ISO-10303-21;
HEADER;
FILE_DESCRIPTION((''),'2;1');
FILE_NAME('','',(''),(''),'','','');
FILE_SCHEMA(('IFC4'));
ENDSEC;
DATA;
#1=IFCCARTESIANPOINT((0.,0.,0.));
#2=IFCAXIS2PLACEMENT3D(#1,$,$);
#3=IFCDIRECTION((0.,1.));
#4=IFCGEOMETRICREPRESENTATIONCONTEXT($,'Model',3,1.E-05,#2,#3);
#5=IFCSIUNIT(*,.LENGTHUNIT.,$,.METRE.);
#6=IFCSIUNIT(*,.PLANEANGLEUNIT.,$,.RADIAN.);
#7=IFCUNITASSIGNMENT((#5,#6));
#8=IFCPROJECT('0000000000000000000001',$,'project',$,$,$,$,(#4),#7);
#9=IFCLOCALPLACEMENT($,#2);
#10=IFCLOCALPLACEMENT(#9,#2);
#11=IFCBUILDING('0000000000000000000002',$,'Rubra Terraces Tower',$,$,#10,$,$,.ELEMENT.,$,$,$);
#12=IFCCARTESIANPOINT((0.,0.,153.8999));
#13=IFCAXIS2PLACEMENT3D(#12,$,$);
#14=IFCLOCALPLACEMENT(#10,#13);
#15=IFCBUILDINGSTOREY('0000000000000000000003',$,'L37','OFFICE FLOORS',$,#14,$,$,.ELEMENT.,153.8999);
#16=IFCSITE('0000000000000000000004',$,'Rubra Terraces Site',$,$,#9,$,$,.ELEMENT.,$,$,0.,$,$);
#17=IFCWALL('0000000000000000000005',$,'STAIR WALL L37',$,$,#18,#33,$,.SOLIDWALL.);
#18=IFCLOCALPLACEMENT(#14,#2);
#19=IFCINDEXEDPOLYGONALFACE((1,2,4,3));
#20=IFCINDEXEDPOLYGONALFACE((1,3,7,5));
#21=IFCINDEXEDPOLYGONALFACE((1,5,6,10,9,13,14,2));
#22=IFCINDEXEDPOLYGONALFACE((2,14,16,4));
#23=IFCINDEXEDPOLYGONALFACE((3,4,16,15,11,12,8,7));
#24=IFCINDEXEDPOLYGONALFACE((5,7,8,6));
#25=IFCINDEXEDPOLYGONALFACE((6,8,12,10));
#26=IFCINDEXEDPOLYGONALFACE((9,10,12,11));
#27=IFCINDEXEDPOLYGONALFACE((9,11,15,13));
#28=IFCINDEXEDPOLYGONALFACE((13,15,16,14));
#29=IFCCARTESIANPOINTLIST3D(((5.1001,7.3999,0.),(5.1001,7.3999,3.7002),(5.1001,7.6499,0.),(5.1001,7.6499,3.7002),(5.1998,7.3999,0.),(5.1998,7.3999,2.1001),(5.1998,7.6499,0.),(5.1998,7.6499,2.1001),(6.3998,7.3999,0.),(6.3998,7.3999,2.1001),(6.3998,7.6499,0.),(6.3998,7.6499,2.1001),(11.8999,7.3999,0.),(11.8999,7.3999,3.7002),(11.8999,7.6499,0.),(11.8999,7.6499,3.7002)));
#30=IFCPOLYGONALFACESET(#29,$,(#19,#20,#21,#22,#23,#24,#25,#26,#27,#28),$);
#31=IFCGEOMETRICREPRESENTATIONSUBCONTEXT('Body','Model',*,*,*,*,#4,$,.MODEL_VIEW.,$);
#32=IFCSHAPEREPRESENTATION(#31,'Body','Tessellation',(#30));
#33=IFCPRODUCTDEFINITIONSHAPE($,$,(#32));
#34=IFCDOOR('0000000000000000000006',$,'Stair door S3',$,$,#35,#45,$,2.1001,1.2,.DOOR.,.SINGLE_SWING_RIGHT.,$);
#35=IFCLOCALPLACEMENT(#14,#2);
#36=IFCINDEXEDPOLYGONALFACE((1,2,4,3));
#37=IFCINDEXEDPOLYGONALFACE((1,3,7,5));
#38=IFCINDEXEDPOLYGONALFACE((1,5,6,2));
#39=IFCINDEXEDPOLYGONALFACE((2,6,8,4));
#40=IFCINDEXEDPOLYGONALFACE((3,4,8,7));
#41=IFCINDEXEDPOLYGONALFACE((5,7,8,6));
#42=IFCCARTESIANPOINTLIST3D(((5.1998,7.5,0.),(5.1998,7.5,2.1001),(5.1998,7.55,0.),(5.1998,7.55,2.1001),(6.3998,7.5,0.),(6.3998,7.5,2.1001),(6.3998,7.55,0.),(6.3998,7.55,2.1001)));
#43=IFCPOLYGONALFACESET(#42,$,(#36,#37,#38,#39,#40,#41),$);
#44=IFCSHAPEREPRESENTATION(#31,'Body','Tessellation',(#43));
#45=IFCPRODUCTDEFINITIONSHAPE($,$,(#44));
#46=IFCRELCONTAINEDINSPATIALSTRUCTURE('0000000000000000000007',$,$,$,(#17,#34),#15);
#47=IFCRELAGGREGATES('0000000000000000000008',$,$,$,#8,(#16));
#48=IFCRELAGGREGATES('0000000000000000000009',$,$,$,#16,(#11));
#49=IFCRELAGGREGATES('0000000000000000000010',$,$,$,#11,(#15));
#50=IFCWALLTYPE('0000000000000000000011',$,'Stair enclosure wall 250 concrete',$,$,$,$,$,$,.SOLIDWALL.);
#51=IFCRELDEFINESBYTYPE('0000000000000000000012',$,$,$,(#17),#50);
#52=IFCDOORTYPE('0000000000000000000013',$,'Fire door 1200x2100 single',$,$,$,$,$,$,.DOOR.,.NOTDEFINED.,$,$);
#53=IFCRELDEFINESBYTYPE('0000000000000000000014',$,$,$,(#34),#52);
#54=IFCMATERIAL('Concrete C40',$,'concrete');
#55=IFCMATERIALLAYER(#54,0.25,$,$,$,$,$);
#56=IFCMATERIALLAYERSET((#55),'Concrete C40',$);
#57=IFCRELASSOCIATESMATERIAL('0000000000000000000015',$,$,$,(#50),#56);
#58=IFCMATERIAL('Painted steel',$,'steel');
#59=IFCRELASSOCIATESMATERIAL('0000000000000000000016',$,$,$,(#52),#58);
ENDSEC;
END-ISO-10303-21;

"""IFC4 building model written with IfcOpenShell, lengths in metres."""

from ifc_helpers import new_model, si_unit, direction, frame, frame_2d, origin, place, context, subcontext, project, spatial, rectangle, extrude, material, layer, layer_set, type_object, element, fill, save


model = new_model("IFC4")

# Units and contexts
model_context = context("Model", 3, precision=1e-05, world=origin(), true_north=direction((0.0, 1.0)))
body_context = subcontext(model_context, "Body", "Model", "MODEL_VIEW")
ifc_project = project(units=[si_unit("LENGTHUNIT", "METRE"), si_unit("PLANEANGLEUNIT", "RADIAN")], contexts=[model_context])

# Site, building, storey
site_placement = place(None, origin())
site = spatial("IfcSite", under=ifc_project, at=site_placement, Name="Rubra Terraces Site", CompositionType="ELEMENT", RefElevation=0.0)
building_placement = place(site_placement, origin())
building = spatial("IfcBuilding", under=site, at=building_placement, Name="Rubra Terraces Tower", CompositionType="ELEMENT")
storey_placement = place(building_placement, frame((0.0, 0.0, 153.8999)))
storey = spatial("IfcBuildingStorey", under=building, at=storey_placement, Name="L37", Description="OFFICE FLOORS", CompositionType="ELEMENT", Elevation=153.8999)

# Shared definitions
ifc_material_1 = material(Name="Concrete C40", Category="concrete")

# Wall, opening, door
ifc_layer_1 = layer(ifc_material_1, 0.25)
ifc_layer_set_1 = layer_set([ifc_layer_1], Name="Concrete C40")
wall_type_1 = type_object("IfcWallType", Name="Stair enclosure wall 250 concrete", PredefinedType="SOLIDWALL", material=ifc_layer_set_1)
wall_1_placement = place(storey_placement, frame((11.8999, 7.5249, 0.0), z_axis=(0.0, 0.0, 1.0), x_axis=(-1.0, 0.0, 0.0)))
wall_1 = element("IfcWall", 1, at=wall_1_placement, inside=storey, type_object=wall_type_1, Name="STAIR WALL L37", PredefinedType="SOLIDWALL", context=body_context, shape_type="SweptSolid", body=[
    extrude(rectangle(XDim=6.7998, YDim=0.25, at=frame_2d((3.3999, 0.0))), origin(), (0.0, 0.0, 1.0), 3.7002),
])
opening_1_placement = place(wall_1_placement, frame((5.5, 0.0, 0.0)))
opening_1 = element("IfcOpeningElement", 2, at=opening_1_placement, cuts=wall_1, PredefinedType="OPENING", context=body_context, shape_type="SweptSolid", body=[
    extrude(rectangle(XDim=1.2, YDim=2.1001, at=frame_2d((0.6001, 1.05))), frame((0.0, 0.135, 0.0), z_axis=(0.0, -1.0, 0.0), x_axis=(1.0, 0.0, 0.0)), (0.0, 0.0, 1.0), 0.27),
])
ifc_material_2 = material(Name="Painted steel", Category="steel")
door_type_1 = type_object("IfcDoorType", Name="Fire door 1200x2100 single", OperationType="NOTDEFINED", PredefinedType="DOOR", material=ifc_material_2)
door_1_placement = place(opening_1_placement, origin())
door_1 = element("IfcDoor", 3, at=door_1_placement, inside=storey, type_object=door_type_1, Name="Stair door S3", OperationType="SINGLE_SWING_RIGHT", OverallHeight=2.1001, OverallWidth=1.2, PredefinedType="DOOR", context=body_context, shape_type="SweptSolid", body=[
    extrude(rectangle(XDim=1.2, YDim=2.1001, at=frame_2d((0.6001, 1.05))), frame((0.0, 0.0249, 0.0), z_axis=(0.0, -1.0, 0.0), x_axis=(1.0, 0.0, 0.0)), (0.0, 0.0, 1.0), 0.05),
])
fill(opening_1, door_1)

save(model, "model.ifc")
